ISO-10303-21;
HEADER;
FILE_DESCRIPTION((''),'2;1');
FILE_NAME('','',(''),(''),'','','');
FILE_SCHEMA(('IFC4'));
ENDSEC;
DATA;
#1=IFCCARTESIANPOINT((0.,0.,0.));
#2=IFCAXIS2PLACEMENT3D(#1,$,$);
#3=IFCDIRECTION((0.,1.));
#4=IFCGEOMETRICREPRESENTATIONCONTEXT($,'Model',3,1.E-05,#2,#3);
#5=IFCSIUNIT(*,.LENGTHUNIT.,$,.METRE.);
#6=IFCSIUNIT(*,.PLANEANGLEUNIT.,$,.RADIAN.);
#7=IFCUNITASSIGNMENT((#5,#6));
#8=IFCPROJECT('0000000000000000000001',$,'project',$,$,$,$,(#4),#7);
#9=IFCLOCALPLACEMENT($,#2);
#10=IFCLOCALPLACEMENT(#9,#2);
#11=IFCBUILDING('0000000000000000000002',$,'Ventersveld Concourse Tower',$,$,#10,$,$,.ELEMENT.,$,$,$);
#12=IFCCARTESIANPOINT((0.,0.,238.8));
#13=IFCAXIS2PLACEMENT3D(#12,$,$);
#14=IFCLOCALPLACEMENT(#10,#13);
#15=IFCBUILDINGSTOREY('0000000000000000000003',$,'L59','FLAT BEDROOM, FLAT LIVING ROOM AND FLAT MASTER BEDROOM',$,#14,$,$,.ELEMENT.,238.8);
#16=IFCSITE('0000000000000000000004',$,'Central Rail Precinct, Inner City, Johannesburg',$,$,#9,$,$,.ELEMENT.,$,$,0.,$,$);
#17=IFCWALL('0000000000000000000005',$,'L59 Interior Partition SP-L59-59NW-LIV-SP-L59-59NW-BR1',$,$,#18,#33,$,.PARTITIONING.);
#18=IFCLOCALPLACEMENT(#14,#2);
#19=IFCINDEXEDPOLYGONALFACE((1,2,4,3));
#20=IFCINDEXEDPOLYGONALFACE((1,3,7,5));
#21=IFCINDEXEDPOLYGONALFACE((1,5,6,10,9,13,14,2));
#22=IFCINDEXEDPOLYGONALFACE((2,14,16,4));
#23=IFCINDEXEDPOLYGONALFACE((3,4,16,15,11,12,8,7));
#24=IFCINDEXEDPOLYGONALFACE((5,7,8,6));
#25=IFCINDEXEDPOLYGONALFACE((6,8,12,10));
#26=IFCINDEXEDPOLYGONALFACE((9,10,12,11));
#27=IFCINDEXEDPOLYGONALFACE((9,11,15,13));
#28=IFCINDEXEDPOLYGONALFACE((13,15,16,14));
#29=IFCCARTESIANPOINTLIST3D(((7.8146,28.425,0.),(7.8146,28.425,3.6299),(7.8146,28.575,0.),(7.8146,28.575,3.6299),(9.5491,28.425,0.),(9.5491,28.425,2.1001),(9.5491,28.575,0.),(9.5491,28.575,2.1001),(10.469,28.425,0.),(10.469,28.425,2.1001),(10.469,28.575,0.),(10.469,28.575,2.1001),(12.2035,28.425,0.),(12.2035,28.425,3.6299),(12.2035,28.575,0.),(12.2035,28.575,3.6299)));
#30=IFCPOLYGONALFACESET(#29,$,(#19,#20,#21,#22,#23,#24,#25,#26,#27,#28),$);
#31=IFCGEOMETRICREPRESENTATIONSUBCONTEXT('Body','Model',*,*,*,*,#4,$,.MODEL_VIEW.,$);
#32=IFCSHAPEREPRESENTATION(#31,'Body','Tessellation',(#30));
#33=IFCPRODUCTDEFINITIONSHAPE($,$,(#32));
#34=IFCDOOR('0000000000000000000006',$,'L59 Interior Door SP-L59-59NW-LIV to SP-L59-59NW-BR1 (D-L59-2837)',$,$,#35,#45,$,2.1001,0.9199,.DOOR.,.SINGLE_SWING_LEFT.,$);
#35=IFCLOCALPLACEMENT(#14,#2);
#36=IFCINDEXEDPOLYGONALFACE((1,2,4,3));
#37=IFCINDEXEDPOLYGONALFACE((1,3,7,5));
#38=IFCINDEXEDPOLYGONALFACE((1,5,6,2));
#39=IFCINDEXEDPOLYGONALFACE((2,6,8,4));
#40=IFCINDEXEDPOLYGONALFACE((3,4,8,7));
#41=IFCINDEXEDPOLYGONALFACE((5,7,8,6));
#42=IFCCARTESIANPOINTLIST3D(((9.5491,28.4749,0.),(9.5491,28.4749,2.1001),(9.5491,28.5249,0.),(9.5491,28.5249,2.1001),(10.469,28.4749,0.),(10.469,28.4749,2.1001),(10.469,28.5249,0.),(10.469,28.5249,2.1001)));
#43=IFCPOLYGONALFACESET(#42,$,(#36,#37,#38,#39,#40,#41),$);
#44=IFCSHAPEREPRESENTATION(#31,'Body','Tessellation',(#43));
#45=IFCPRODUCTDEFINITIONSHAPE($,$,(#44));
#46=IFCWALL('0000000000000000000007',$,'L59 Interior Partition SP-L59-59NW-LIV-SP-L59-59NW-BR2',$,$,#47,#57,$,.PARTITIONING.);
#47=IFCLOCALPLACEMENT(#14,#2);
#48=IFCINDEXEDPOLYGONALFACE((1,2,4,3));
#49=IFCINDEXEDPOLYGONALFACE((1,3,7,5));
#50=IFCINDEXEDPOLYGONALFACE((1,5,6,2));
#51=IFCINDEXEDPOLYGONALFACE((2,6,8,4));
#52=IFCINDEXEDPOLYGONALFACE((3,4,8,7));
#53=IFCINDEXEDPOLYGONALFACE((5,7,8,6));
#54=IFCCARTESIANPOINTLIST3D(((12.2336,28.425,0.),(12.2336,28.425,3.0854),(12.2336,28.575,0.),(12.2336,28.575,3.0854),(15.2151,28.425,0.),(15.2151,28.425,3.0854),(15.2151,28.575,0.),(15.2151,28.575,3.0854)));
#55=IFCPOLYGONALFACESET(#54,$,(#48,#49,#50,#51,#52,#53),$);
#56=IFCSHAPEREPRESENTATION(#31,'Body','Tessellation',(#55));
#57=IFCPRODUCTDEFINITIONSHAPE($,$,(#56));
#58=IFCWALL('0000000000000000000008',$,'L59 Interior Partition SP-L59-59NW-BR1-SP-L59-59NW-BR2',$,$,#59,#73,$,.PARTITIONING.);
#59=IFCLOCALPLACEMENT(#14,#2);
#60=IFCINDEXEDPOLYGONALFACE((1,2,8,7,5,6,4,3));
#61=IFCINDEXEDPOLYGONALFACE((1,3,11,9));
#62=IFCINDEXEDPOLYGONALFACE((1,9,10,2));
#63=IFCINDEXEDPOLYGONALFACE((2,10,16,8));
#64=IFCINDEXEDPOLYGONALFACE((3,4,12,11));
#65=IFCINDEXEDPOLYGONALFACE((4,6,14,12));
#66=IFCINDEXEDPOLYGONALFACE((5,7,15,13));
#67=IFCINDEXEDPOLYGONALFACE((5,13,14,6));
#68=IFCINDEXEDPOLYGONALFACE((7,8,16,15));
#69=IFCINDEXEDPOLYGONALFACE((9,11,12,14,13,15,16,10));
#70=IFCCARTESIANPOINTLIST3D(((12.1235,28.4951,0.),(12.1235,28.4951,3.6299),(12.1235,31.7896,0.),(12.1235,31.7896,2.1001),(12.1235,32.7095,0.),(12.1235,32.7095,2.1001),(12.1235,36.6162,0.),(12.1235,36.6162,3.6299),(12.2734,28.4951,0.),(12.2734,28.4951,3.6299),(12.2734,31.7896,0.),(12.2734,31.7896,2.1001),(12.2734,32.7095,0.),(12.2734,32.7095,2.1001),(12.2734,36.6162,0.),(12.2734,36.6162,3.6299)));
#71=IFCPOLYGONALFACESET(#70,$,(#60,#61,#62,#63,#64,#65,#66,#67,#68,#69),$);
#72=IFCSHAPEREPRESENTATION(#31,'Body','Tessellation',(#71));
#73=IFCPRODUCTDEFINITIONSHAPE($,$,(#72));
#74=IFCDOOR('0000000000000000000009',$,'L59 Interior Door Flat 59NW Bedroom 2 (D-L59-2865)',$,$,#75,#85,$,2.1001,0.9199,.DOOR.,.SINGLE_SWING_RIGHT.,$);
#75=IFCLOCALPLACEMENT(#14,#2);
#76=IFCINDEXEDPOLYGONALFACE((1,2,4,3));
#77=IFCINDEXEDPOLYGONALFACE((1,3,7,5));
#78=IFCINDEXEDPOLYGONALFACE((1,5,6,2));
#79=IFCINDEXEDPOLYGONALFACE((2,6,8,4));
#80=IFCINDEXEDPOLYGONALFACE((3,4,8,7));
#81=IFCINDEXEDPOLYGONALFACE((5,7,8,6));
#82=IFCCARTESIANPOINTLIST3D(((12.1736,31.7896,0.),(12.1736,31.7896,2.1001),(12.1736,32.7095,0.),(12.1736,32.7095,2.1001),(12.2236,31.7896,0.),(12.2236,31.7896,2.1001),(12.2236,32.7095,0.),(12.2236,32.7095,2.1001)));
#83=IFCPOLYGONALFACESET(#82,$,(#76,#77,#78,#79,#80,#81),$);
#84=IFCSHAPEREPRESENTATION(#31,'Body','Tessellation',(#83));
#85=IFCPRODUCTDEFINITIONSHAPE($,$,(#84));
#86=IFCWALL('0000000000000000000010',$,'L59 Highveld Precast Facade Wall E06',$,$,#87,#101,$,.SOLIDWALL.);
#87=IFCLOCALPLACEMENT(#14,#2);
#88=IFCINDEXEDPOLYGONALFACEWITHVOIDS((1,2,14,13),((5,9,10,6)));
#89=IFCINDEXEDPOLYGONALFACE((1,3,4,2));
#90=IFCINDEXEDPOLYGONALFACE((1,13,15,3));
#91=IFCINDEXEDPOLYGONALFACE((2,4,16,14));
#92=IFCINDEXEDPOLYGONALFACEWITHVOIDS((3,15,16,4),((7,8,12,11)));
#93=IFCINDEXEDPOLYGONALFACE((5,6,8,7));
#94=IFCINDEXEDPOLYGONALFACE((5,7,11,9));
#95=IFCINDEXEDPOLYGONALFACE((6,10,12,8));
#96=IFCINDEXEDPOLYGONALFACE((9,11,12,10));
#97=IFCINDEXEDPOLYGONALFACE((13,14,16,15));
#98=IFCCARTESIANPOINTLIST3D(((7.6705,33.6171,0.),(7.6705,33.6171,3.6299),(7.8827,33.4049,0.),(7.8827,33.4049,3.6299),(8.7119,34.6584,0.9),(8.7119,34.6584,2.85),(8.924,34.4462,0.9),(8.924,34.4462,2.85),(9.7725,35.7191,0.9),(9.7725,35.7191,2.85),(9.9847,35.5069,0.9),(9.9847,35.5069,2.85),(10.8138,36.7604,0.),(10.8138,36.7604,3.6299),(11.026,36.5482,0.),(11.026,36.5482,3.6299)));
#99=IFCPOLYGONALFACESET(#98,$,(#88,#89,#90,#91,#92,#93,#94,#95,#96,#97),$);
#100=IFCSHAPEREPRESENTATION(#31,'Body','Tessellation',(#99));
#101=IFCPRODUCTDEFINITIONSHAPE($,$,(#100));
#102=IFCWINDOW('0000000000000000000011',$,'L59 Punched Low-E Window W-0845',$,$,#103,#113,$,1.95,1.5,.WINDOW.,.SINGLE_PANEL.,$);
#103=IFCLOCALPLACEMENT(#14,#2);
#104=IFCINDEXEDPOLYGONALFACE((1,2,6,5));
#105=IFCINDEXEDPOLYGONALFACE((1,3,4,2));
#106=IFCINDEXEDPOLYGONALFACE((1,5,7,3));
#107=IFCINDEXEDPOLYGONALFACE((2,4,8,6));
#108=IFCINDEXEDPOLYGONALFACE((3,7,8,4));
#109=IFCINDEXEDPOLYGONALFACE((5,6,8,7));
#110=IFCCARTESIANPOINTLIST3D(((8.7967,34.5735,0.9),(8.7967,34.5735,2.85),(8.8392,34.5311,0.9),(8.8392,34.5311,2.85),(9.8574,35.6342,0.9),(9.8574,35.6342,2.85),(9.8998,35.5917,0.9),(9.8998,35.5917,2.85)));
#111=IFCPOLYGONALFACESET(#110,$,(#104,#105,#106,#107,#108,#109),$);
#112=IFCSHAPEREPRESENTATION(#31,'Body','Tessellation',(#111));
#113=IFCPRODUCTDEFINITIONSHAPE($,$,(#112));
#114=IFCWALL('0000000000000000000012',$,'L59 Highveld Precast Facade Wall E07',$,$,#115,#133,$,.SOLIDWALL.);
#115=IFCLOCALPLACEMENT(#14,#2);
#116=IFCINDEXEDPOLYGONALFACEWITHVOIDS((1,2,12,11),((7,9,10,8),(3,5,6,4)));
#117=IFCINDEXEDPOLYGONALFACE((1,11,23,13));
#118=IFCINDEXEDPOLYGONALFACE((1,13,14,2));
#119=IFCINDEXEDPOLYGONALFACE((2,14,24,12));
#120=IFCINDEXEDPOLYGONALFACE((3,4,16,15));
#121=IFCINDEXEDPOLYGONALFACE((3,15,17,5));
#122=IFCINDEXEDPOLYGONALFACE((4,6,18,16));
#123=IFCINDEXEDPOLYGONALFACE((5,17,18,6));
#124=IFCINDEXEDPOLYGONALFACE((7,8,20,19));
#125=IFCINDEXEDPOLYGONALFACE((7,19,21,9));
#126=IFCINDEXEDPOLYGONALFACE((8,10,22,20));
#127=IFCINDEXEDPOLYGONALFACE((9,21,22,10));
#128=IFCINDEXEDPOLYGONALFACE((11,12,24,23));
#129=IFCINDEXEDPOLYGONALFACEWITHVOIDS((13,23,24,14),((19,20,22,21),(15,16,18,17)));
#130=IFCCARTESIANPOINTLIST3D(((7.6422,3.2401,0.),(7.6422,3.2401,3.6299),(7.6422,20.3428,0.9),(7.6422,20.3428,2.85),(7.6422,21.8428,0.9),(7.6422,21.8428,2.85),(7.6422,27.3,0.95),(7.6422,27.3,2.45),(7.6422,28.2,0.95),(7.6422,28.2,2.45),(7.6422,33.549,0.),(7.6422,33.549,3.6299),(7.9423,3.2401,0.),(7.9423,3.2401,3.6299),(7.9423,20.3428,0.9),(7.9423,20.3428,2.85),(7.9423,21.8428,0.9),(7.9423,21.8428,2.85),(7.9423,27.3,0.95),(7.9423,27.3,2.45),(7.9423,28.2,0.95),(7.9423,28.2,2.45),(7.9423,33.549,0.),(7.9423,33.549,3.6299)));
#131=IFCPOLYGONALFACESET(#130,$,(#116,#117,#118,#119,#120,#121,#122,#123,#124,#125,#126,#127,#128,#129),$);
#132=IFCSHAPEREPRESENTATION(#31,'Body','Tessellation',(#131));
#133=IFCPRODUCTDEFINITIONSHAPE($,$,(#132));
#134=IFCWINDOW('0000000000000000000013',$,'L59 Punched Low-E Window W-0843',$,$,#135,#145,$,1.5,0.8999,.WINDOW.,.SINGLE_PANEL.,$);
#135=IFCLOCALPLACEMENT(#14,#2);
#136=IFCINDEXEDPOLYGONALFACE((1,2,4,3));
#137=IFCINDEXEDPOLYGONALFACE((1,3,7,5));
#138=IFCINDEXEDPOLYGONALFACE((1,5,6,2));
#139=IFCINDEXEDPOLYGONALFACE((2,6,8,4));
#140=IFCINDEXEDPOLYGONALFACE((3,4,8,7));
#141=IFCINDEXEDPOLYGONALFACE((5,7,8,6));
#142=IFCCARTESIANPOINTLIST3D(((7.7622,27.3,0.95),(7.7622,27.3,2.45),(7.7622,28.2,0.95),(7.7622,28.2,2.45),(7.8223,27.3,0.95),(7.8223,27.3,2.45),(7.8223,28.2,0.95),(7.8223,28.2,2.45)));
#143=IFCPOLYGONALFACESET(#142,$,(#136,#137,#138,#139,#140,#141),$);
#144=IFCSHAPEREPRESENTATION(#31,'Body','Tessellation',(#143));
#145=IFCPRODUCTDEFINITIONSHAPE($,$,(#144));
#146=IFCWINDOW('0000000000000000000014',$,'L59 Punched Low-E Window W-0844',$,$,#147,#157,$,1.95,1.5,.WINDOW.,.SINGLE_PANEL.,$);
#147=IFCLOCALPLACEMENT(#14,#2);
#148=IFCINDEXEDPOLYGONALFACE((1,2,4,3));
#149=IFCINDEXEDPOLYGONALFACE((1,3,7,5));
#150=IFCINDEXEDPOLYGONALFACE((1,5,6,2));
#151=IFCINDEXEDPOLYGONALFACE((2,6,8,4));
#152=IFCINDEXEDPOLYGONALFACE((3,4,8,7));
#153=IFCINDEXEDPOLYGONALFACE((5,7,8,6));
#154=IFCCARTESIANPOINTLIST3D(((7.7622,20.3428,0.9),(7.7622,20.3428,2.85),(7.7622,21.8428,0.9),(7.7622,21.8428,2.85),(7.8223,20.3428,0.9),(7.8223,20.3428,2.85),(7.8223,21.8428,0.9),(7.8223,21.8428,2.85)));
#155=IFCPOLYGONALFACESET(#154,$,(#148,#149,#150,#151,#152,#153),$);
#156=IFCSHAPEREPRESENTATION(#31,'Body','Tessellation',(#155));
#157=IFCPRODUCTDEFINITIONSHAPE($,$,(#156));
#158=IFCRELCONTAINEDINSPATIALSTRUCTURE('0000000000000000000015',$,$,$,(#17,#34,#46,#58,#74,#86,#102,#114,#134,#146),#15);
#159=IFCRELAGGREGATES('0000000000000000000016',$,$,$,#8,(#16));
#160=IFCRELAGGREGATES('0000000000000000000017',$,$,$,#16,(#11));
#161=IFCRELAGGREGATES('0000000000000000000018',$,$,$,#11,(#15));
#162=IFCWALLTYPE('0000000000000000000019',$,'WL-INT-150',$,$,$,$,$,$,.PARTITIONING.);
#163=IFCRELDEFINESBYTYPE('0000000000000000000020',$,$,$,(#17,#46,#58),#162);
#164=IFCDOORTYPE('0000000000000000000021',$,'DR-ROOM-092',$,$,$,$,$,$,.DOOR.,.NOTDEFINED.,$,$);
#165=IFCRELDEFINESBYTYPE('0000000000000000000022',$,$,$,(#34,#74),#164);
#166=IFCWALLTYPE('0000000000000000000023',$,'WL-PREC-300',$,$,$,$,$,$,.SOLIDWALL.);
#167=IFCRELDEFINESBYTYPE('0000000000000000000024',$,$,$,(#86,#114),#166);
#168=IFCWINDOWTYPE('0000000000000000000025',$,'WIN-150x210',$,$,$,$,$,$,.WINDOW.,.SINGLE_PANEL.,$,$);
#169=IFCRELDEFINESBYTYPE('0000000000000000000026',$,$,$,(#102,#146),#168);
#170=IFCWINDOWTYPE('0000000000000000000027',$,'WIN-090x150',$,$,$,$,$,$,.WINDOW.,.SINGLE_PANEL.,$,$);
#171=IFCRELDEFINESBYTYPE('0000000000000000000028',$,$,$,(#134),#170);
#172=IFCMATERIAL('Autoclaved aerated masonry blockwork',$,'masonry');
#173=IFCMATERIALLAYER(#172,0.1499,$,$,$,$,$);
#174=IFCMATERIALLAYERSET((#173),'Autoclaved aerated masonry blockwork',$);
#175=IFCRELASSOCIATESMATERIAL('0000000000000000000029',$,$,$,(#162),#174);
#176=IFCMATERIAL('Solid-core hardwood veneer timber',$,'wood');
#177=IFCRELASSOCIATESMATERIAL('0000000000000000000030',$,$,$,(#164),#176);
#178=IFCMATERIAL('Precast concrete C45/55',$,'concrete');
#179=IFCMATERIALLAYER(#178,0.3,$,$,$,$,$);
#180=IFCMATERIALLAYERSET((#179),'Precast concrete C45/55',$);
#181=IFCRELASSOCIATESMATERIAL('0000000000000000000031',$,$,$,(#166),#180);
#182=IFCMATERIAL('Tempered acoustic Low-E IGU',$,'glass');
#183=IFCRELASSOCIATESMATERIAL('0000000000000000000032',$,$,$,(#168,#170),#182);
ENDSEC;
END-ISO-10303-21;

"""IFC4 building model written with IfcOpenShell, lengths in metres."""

from ifc_helpers import new_model, si_unit, direction, frame, frame_2d, origin, place, context, subcontext, project, spatial, rectangle, extrude, material, layer, layer_set, type_object, element, fill, save


model = new_model("IFC4")

# Units and contexts
model_context = context("Model", 3, precision=1e-05, world=origin(), true_north=direction((0.0, 1.0)))
body_context = subcontext(model_context, "Body", "Model", "MODEL_VIEW")
ifc_project = project(units=[si_unit("LENGTHUNIT", "METRE"), si_unit("PLANEANGLEUNIT", "RADIAN")], contexts=[model_context])

# Site, building, storey
site_placement = place(None, origin())
site = spatial("IfcSite", under=ifc_project, at=site_placement, Name="Central Rail Precinct, Inner City, Johannesburg", CompositionType="ELEMENT", RefElevation=0.0)
building_placement = place(site_placement, origin())
building = spatial("IfcBuilding", under=site, at=building_placement, Name="Ventersveld Concourse Tower", CompositionType="ELEMENT")
storey_placement = place(building_placement, frame((0.0, 0.0, 238.8)))
storey = spatial("IfcBuildingStorey", under=building, at=storey_placement, Name="L59", Description="FLAT BEDROOM, FLAT LIVING ROOM AND FLAT MASTER BEDROOM", CompositionType="ELEMENT", Elevation=238.8)

# Wall, opening, door
ifc_material_1 = material(Name="Autoclaved aerated masonry blockwork", Category="masonry")
ifc_layer_1 = layer(ifc_material_1, 0.1499)
ifc_layer_set_1 = layer_set([ifc_layer_1], Name="Autoclaved aerated masonry blockwork")
wall_type_1 = type_object("IfcWallType", Name="WL-INT-150", PredefinedType="PARTITIONING", material=ifc_layer_set_1)
wall_1_placement = place(storey_placement, frame((7.8147, 28.5, 0.0), z_axis=(0.0, 0.0, 1.0), x_axis=(1.0, 0.0, 0.0)))
wall_1 = element("IfcWall", 1, at=wall_1_placement, inside=storey, type_object=wall_type_1, Name="L59 Interior Partition SP-L59-59NW-LIV-SP-L59-59NW-BR1", PredefinedType="PARTITIONING", context=body_context, shape_type="SweptSolid", body=[
    extrude(rectangle(XDim=4.3889, YDim=0.1499, at=frame_2d((2.1943, 0.0))), origin(), (0.0, 0.0, 1.0), 3.6299),
])
opening_1_placement = place(wall_1_placement, frame((1.7344, 0.0, 0.0)))
opening_1 = element("IfcOpeningElement", 2, at=opening_1_placement, cuts=wall_1, PredefinedType="OPENING", context=body_context, shape_type="SweptSolid", body=[
    extrude(rectangle(XDim=0.9199, YDim=2.1001, at=frame_2d((0.46, 1.05))), frame((0.0, 0.085, 0.0), z_axis=(0.0, -1.0, 0.0), x_axis=(1.0, 0.0, 0.0)), (0.0, 0.0, 1.0), 0.1699),
])
ifc_material_2 = material(Name="Solid-core hardwood veneer timber", Category="wood")
door_type = type_object("IfcDoorType", Name="DR-ROOM-092", OperationType="NOTDEFINED", PredefinedType="DOOR", material=ifc_material_2)
door_1_placement = place(opening_1_placement, origin())
door_1 = element("IfcDoor", 3, at=door_1_placement, inside=storey, type_object=door_type, Name="L59 Interior Door SP-L59-59NW-LIV to SP-L59-59NW-BR1 (D-L59-2837)", OperationType="SINGLE_SWING_LEFT", OverallHeight=2.1001, OverallWidth=0.9199, PredefinedType="DOOR", context=body_context, shape_type="SweptSolid", body=[
    extrude(rectangle(XDim=0.9199, YDim=2.1001, at=frame_2d((0.46, 1.05))), frame((0.0, 0.0249, 0.0), z_axis=(0.0, -1.0, 0.0), x_axis=(1.0, 0.0, 0.0)), (0.0, 0.0, 1.0), 0.05),
])
fill(opening_1, door_1)

# Wall
wall_2_placement = place(storey_placement, frame((12.2336, 28.5, 0.0), z_axis=(0.0, 0.0, 1.0), x_axis=(1.0, 0.0, 0.0)))
element("IfcWall", 4, at=wall_2_placement, inside=storey, type_object=wall_type_1, Name="L59 Interior Partition SP-L59-59NW-LIV-SP-L59-59NW-BR2", PredefinedType="PARTITIONING", context=body_context, shape_type="SweptSolid", body=[
    extrude(rectangle(XDim=2.9814, YDim=0.1499, at=frame_2d((1.4907, 0.0))), origin(), (0.0, 0.0, 1.0), 3.0854),
])

# Wall, opening, door
wall_3_placement = place(storey_placement, frame((12.1985, 28.4951, 0.0), z_axis=(0.0, 0.0, 1.0), x_axis=(0.0, 1.0, 0.0)))
wall_3 = element("IfcWall", 5, at=wall_3_placement, inside=storey, type_object=wall_type_1, Name="L59 Interior Partition SP-L59-59NW-BR1-SP-L59-59NW-BR2", PredefinedType="PARTITIONING", context=body_context, shape_type="SweptSolid", body=[
    extrude(rectangle(XDim=8.1211, YDim=0.1499, at=frame_2d((4.0605, 0.0))), origin(), (0.0, 0.0, 1.0), 3.6299),
])
opening_2_placement = place(wall_3_placement, frame((3.2944, 0.0, 0.0)))
opening_2 = element("IfcOpeningElement", 6, at=opening_2_placement, cuts=wall_3, PredefinedType="OPENING", context=body_context, shape_type="SweptSolid", body=[
    extrude(rectangle(XDim=0.9199, YDim=2.1001, at=frame_2d((0.46, 1.05))), frame((0.0, 0.085, 0.0), z_axis=(0.0, -1.0, 0.0), x_axis=(1.0, 0.0, 0.0)), (0.0, 0.0, 1.0), 0.1699),
])
door_2_placement = place(opening_2_placement, origin())
door_2 = element("IfcDoor", 7, at=door_2_placement, inside=storey, type_object=door_type, Name="L59 Interior Door Flat 59NW Bedroom 2 (D-L59-2865)", OperationType="SINGLE_SWING_RIGHT", OverallHeight=2.1001, OverallWidth=0.9199, PredefinedType="DOOR", context=body_context, shape_type="SweptSolid", body=[
    extrude(rectangle(XDim=0.9199, YDim=2.1001, at=frame_2d((0.46, 1.05))), frame((0.0, 0.0249, 0.0), z_axis=(0.0, -1.0, 0.0), x_axis=(1.0, 0.0, 0.0)), (0.0, 0.0, 1.0), 0.05),
])
fill(opening_2, door_2)

# Wall, opening, window
ifc_material_3 = material(Name="Precast concrete C45/55", Category="concrete")
ifc_layer_2 = layer(ifc_material_3, 0.3)
ifc_layer_set_2 = layer_set([ifc_layer_2], Name="Precast concrete C45/55")
wall_type_2 = type_object("IfcWallType", Name="WL-PREC-300", PredefinedType="SOLIDWALL", material=ifc_layer_set_2)
wall_4_placement = place(storey_placement, frame((10.9199, 36.6543, 0.0), z_axis=(0.0, 0.0, 1.0), x_axis=(-0.707107, -0.707107, 0.0)))
wall_4 = element("IfcWall", 8, at=wall_4_placement, inside=storey, type_object=wall_type_2, Name="L59 Highveld Precast Facade Wall E06", PredefinedType="SOLIDWALL", context=body_context, shape_type="SweptSolid", body=[
    extrude(rectangle(XDim=4.4453, YDim=0.3, at=frame_2d((2.2227, 0.0))), origin(), (0.0, 0.0, 1.0), 3.6299),
])
opening_3_placement = place(wall_4_placement, frame((1.4727, 0.0, 0.8999)))
opening_3 = element("IfcOpeningElement", 9, at=opening_3_placement, cuts=wall_4, PredefinedType="OPENING", context=body_context, shape_type="SweptSolid", body=[
    extrude(rectangle(XDim=1.5, YDim=1.95, at=frame_2d((0.75, 0.9751))), frame((0.0, 0.1602, 0.0), z_axis=(0.0, -1.0, 0.0), x_axis=(1.0, 0.0, 0.0)), (0.0, 0.0, 1.0), 0.3201),
])
ifc_material_4 = material(Name="Tempered acoustic Low-E IGU", Category="glass")
window_type_1 = type_object("IfcWindowType", Name="WIN-150x210", PartitioningType="SINGLE_PANEL", PredefinedType="WINDOW", material=ifc_material_4)
window_1_placement = place(opening_3_placement, origin())
window_1 = element("IfcWindow", 10, at=window_1_placement, inside=storey, type_object=window_type_1, Name="L59 Punched Low-E Window W-0845", OverallHeight=1.95, OverallWidth=1.5, PartitioningType="SINGLE_PANEL", PredefinedType="WINDOW", context=body_context, shape_type="SweptSolid", body=[
    extrude(rectangle(XDim=1.5, YDim=1.95, at=frame_2d((0.75, 0.9751))), frame((0.0, 0.03, 0.0), z_axis=(0.0, -1.0, 0.0), x_axis=(1.0, 0.0, 0.0)), (0.0, 0.0, 1.0), 0.0601),
])
fill(opening_3, window_1)

# Wall, openings, windows
wall_5_placement = place(storey_placement, frame((7.7922, 33.5488, 0.0), z_axis=(0.0, 0.0, 1.0), x_axis=(0.0, -1.0, 0.0)))
wall_5 = element("IfcWall", 11, at=wall_5_placement, inside=storey, type_object=wall_type_2, Name="L59 Highveld Precast Facade Wall E07", PredefinedType="SOLIDWALL", context=body_context, shape_type="SweptSolid", body=[
    extrude(rectangle(XDim=30.3088, YDim=0.3, at=frame_2d((15.1543, 0.0))), origin(), (0.0, 0.0, 1.0), 3.6299),
])
opening_4_placement = place(wall_5_placement, frame((5.3489, 0.0, 0.95)))
opening_4 = element("IfcOpeningElement", 12, at=opening_4_placement, cuts=wall_5, PredefinedType="OPENING", context=body_context, shape_type="SweptSolid", body=[
    extrude(rectangle(XDim=0.8999, YDim=1.5, at=frame_2d((0.45, 0.75))), frame((0.0, 0.1602, 0.0), z_axis=(0.0, -1.0, 0.0), x_axis=(1.0, 0.0, 0.0)), (0.0, 0.0, 1.0), 0.3201),
])
opening_5_placement = place(wall_5_placement, frame((11.7061, 0.0, 0.8999)))
opening_5 = element("IfcOpeningElement", 13, at=opening_5_placement, cuts=wall_5, PredefinedType="OPENING", context=body_context, shape_type="SweptSolid", body=[
    extrude(rectangle(XDim=1.5, YDim=1.95, at=frame_2d((0.75, 0.9751))), frame((0.0, 0.1602, 0.0), z_axis=(0.0, -1.0, 0.0), x_axis=(1.0, 0.0, 0.0)), (0.0, 0.0, 1.0), 0.3201),
])
window_type_2 = type_object("IfcWindowType", Name="WIN-090x150", PartitioningType="SINGLE_PANEL", PredefinedType="WINDOW", material=ifc_material_4)
window_2_placement = place(opening_4_placement, origin())
window_2 = element("IfcWindow", 14, at=window_2_placement, inside=storey, type_object=window_type_2, Name="L59 Punched Low-E Window W-0843", OverallHeight=1.5, OverallWidth=0.8999, PartitioningType="SINGLE_PANEL", PredefinedType="WINDOW", context=body_context, shape_type="SweptSolid", body=[
    extrude(rectangle(XDim=0.8999, YDim=1.5, at=frame_2d((0.45, 0.75))), frame((0.0, 0.03, 0.0), z_axis=(0.0, -1.0, 0.0), x_axis=(1.0, 0.0, 0.0)), (0.0, 0.0, 1.0), 0.0601),
])
fill(opening_4, window_2)
window_3_placement = place(opening_5_placement, origin())
window_3 = element("IfcWindow", 15, at=window_3_placement, inside=storey, type_object=window_type_1, Name="L59 Punched Low-E Window W-0844", OverallHeight=1.95, OverallWidth=1.5, PartitioningType="SINGLE_PANEL", PredefinedType="WINDOW", context=body_context, shape_type="SweptSolid", body=[
    extrude(rectangle(XDim=1.5, YDim=1.95, at=frame_2d((0.75, 0.9751))), frame((0.0, 0.03, 0.0), z_axis=(0.0, -1.0, 0.0), x_axis=(1.0, 0.0, 0.0)), (0.0, 0.0, 1.0), 0.0601),
])
fill(opening_5, window_3)

save(model, "model.ifc")
